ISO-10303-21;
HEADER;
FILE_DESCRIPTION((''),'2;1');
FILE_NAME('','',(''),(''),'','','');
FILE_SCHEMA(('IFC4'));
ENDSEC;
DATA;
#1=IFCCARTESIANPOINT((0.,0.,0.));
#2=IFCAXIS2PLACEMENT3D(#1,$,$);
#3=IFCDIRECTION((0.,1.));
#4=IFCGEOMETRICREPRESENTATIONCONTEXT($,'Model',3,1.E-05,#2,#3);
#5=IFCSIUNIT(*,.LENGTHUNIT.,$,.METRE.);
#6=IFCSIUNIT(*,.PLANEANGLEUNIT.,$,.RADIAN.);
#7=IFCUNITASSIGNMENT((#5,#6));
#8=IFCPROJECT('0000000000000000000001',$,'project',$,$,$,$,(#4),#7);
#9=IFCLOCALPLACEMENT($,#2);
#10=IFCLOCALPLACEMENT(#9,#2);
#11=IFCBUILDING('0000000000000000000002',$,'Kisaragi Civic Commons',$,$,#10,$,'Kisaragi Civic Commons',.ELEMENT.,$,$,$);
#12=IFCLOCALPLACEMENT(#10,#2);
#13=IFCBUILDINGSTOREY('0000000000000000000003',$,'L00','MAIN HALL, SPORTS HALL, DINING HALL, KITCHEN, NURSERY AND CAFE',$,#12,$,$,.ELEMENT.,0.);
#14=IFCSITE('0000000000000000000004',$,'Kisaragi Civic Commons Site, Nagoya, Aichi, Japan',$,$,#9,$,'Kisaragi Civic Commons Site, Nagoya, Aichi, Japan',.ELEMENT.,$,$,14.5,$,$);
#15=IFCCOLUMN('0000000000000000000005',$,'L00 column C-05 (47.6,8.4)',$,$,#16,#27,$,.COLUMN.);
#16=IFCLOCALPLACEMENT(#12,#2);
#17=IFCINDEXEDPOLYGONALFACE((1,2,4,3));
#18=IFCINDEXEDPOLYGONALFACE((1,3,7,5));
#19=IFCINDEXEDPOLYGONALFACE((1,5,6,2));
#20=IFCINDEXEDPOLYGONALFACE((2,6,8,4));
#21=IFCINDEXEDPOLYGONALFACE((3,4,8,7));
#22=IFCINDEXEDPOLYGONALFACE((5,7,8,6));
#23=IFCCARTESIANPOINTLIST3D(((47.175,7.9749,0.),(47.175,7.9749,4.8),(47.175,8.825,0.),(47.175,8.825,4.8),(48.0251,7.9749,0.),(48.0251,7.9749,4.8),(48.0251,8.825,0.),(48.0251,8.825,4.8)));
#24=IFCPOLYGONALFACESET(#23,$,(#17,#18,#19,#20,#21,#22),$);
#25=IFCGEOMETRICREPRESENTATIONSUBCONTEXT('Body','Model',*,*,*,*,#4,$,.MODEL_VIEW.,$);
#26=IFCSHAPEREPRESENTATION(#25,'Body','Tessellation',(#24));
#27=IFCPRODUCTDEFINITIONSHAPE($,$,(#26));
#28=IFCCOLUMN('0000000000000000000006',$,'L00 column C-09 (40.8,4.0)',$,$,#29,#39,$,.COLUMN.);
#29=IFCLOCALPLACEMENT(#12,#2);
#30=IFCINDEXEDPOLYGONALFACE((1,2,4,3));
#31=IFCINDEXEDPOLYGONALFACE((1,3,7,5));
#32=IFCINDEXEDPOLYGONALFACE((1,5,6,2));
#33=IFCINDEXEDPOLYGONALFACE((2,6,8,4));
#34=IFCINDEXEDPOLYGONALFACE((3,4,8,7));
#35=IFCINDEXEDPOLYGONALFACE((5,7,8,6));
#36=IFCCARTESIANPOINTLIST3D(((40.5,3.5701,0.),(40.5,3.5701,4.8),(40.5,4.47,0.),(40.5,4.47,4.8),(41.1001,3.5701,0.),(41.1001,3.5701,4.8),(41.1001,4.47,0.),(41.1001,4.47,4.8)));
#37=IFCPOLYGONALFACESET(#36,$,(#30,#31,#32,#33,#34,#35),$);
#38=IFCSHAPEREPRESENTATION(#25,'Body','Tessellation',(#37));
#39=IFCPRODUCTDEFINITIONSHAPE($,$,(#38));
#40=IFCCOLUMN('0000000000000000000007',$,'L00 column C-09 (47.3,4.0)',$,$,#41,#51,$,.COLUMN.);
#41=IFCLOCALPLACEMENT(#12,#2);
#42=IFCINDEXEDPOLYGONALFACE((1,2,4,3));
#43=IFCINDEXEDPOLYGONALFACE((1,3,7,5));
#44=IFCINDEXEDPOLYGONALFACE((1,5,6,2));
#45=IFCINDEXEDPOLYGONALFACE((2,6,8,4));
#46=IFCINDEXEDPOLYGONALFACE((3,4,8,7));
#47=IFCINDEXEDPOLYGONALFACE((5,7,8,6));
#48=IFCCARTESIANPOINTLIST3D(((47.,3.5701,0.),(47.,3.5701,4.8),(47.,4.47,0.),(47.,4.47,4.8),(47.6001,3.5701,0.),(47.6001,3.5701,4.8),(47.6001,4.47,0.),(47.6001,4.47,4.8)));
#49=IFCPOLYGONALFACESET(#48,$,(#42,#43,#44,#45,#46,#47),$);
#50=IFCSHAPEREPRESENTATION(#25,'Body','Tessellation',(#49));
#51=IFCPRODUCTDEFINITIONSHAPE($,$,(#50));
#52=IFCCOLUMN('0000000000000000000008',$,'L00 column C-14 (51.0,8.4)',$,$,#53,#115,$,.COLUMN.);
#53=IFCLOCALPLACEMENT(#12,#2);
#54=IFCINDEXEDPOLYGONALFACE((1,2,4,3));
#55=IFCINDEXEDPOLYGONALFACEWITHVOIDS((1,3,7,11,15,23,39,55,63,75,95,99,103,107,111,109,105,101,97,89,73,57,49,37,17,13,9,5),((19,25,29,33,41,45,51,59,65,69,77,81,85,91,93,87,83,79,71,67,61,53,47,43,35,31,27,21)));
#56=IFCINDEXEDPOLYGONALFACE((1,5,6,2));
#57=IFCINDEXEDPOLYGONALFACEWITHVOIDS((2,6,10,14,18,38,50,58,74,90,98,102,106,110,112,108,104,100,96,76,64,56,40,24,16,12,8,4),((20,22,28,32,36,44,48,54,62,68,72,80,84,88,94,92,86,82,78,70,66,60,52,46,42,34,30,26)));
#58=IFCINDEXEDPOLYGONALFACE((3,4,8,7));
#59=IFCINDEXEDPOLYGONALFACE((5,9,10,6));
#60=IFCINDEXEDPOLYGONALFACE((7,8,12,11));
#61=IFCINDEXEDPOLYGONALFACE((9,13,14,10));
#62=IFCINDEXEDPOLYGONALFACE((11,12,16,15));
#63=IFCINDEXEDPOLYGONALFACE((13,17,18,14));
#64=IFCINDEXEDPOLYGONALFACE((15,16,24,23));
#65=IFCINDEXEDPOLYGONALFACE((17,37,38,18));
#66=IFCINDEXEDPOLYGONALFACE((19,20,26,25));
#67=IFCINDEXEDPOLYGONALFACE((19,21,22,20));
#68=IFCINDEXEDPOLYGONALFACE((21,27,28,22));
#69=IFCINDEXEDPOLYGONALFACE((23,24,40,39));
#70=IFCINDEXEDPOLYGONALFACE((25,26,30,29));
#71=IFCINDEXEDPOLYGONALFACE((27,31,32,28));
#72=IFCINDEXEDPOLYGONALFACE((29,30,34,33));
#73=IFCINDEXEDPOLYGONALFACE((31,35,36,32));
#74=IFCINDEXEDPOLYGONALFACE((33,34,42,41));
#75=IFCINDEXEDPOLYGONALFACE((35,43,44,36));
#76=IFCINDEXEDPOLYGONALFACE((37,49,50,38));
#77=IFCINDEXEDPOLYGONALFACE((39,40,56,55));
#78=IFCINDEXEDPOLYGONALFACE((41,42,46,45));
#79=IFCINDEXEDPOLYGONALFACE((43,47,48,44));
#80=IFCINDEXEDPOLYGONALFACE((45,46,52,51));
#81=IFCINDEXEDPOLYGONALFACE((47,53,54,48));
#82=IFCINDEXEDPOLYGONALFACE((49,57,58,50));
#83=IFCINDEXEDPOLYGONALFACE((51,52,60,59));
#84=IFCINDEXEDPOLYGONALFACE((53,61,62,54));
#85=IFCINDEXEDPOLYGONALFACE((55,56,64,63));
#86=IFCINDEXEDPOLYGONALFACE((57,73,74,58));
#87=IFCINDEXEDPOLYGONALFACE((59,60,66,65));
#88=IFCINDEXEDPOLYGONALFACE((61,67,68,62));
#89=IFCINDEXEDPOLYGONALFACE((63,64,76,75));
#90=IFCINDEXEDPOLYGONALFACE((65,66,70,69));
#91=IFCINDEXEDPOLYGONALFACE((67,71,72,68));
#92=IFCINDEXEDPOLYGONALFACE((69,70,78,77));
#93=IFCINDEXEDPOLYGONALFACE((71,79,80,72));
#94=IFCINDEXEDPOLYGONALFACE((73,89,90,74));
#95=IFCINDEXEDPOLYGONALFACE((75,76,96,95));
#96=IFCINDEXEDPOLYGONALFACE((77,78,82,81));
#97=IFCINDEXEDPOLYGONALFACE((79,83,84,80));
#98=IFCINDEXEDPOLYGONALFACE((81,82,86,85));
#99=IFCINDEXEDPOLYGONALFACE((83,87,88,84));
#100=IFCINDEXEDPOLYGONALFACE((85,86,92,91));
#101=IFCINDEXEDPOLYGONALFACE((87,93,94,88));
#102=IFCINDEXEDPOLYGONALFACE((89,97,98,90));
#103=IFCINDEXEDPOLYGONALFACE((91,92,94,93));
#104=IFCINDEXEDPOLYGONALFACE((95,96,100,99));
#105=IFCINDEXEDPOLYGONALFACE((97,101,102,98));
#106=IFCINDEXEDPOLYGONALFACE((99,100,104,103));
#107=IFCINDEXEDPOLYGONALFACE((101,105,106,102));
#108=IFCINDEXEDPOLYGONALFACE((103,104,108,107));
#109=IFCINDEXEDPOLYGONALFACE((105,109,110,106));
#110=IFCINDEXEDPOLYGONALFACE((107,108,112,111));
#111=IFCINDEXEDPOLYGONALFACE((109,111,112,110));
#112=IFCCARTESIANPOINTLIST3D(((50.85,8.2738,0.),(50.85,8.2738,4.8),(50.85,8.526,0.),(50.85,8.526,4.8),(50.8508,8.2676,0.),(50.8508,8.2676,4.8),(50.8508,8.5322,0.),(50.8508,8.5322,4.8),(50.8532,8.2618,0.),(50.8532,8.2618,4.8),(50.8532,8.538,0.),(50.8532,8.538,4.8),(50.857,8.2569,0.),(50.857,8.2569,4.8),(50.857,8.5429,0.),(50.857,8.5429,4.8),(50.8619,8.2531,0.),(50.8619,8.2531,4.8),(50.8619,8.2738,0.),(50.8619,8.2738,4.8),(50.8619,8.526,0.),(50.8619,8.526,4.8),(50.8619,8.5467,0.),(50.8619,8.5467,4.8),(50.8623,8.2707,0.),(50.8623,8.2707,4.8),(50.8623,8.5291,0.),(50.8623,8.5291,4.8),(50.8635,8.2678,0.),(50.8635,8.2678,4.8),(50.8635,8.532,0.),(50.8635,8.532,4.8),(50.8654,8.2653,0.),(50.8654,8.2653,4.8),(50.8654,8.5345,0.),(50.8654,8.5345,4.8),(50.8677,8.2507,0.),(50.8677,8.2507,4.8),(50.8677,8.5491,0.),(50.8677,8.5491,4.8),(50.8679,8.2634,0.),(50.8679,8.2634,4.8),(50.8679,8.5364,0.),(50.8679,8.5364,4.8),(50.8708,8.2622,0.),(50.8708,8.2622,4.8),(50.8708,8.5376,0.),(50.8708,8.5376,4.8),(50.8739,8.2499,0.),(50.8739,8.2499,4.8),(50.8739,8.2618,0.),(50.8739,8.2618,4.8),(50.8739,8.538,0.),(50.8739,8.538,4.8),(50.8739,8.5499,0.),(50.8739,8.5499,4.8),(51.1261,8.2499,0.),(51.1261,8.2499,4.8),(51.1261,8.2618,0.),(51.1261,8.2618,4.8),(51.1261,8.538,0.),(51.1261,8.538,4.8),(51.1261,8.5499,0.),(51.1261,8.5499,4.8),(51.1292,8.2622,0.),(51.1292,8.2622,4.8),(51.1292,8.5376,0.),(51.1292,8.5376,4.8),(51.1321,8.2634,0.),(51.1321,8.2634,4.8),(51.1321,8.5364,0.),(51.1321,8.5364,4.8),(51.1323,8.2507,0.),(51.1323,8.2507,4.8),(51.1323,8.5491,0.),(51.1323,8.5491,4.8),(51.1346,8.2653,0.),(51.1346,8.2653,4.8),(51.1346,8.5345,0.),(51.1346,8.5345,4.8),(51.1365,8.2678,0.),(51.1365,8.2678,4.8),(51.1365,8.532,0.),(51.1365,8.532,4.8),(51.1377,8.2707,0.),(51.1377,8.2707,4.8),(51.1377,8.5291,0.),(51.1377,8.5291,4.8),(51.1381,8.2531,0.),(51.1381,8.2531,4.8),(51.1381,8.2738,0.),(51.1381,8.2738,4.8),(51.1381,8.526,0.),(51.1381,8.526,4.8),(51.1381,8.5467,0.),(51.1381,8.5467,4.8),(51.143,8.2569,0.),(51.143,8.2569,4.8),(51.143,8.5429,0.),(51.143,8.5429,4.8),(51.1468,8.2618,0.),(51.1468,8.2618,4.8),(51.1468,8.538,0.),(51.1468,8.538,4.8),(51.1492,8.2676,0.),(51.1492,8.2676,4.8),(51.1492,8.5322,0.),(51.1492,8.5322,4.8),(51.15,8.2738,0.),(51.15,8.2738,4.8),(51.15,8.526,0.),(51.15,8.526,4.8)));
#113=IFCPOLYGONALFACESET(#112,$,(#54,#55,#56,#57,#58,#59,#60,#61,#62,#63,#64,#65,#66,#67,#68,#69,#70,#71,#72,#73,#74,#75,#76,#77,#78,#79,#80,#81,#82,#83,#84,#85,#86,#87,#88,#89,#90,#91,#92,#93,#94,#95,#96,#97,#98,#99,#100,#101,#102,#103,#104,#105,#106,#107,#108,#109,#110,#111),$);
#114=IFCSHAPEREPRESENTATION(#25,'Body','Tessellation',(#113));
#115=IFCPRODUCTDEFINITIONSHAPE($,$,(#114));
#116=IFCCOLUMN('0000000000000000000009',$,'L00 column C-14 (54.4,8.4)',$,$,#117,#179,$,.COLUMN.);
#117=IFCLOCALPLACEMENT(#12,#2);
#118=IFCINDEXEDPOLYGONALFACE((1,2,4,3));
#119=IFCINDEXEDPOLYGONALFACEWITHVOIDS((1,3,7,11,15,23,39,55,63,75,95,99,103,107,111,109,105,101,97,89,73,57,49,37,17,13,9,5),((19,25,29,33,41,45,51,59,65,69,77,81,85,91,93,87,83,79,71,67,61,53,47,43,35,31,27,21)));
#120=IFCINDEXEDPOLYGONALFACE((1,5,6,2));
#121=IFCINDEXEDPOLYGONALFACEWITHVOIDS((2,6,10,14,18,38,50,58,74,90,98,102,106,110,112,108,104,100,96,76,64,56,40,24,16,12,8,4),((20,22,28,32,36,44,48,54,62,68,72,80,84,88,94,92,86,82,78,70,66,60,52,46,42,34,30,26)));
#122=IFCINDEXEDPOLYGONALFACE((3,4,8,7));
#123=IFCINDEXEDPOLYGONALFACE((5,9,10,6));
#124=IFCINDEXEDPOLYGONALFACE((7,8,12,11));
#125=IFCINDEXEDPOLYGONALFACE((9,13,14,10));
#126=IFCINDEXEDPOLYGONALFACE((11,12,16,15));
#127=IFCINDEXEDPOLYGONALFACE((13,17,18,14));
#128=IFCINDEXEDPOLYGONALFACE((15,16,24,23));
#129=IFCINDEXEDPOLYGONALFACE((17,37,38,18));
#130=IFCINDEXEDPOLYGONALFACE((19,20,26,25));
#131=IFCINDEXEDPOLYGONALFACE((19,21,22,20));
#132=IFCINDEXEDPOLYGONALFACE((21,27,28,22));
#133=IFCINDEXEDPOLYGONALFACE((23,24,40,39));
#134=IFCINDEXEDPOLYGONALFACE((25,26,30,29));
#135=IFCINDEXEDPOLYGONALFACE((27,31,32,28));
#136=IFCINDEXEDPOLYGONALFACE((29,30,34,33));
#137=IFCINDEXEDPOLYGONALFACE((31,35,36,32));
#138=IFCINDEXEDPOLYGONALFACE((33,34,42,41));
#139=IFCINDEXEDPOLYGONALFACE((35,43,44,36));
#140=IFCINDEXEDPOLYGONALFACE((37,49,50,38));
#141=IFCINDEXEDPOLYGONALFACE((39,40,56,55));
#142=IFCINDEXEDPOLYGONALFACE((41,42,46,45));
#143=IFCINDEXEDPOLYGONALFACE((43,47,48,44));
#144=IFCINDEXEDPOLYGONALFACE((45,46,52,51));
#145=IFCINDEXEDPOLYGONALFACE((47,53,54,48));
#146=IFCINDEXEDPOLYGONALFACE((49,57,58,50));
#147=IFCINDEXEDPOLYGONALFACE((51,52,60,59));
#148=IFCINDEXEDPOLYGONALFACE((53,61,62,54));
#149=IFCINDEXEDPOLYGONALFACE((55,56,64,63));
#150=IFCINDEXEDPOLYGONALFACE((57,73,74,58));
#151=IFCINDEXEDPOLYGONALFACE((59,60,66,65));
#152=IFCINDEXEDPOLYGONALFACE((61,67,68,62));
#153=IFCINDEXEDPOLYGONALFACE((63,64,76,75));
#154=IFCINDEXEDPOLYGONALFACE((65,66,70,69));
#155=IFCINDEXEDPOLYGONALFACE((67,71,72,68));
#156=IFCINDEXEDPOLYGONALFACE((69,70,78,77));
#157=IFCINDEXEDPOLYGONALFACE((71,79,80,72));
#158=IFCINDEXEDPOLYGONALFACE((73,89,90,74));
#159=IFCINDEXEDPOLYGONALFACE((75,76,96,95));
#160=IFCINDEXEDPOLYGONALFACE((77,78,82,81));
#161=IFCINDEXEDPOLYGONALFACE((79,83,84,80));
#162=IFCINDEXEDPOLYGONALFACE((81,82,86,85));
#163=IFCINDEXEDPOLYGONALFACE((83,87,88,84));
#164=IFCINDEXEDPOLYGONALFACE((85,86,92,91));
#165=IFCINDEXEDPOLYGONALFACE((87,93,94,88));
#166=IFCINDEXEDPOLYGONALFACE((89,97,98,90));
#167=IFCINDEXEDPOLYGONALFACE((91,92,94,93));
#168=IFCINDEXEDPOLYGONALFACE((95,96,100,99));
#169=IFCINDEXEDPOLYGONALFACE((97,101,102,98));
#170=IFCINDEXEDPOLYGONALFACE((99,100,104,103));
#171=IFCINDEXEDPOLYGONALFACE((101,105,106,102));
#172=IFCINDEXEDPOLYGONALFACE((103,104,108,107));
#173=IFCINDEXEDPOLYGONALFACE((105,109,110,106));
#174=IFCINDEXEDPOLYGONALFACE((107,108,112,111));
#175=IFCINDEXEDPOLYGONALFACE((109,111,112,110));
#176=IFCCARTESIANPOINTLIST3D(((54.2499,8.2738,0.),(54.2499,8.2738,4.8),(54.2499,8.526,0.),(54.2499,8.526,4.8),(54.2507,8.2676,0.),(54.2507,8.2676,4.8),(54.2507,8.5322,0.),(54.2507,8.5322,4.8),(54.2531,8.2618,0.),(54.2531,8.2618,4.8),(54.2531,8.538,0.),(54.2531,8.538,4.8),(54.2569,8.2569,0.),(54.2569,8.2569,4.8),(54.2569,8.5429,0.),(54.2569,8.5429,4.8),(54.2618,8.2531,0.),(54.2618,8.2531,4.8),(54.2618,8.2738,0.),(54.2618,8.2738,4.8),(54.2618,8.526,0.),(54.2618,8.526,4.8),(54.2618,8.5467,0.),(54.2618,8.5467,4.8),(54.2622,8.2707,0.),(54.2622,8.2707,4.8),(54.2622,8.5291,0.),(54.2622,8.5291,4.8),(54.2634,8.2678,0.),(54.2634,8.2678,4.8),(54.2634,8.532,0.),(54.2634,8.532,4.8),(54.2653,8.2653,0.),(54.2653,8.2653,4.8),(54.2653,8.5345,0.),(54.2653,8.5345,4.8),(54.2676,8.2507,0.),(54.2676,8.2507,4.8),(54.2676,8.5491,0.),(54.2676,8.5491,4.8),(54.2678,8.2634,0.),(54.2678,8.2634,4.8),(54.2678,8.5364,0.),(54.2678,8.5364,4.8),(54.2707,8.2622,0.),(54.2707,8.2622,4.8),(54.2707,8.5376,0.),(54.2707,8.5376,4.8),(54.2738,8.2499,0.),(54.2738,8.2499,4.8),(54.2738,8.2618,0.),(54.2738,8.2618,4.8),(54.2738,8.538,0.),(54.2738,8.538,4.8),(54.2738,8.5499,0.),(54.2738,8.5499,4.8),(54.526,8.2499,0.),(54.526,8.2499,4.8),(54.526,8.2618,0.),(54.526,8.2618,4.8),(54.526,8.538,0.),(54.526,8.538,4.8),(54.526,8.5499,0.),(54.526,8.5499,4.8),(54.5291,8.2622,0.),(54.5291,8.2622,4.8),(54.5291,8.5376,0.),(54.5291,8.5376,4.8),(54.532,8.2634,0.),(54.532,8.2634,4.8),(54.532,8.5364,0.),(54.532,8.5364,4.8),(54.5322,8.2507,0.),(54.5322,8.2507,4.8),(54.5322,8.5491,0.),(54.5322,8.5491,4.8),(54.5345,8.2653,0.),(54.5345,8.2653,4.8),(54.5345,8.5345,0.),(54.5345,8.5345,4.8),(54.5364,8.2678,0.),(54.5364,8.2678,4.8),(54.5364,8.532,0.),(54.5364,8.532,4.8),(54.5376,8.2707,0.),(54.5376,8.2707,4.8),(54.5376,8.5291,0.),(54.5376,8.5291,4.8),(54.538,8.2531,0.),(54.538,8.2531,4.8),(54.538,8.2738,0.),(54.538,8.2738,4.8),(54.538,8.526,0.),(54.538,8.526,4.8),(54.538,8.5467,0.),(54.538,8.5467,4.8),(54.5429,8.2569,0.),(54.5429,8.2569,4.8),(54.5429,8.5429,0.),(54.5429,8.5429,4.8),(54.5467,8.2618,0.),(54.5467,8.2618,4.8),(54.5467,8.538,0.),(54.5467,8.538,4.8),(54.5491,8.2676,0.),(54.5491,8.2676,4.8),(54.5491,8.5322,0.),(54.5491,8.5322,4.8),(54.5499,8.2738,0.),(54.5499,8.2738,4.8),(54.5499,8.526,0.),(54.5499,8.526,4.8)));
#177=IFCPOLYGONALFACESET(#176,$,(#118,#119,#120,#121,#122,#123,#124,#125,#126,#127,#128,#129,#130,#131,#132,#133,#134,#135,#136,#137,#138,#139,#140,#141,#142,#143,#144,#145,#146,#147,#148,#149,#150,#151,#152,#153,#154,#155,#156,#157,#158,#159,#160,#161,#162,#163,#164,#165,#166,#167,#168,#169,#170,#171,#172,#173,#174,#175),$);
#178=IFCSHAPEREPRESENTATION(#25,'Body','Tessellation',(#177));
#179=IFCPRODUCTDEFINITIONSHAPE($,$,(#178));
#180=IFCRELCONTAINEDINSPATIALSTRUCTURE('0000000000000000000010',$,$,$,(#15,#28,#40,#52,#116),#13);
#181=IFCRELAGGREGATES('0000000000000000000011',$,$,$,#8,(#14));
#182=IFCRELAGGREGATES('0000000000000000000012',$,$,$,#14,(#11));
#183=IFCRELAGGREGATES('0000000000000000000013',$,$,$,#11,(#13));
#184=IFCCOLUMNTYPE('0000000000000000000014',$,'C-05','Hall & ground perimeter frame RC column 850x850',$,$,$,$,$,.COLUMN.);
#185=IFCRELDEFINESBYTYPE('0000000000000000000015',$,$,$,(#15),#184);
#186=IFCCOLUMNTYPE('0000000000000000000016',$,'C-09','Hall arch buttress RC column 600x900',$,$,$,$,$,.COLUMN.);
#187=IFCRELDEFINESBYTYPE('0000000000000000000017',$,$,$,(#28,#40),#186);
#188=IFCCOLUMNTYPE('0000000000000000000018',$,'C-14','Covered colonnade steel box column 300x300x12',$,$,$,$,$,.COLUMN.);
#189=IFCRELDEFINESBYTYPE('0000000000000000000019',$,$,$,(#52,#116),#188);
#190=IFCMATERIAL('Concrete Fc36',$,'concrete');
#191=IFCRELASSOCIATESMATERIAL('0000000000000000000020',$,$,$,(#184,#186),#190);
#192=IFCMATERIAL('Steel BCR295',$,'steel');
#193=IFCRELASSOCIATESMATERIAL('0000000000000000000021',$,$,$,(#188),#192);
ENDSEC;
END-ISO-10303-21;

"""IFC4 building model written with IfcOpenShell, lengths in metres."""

from ifc_helpers import new_model, si_unit, direction, frame, origin, origin_2d, place, context, subcontext, project, spatial, rectangle, hollow_rectangle, extrude, material, material_profile, profile_set, type_object, element, save


model = new_model("IFC4")

# Units and contexts
model_context = context("Model", 3, precision=1e-05, world=origin(), true_north=direction((0.0, 1.0)))
body_context = subcontext(model_context, "Body", "Model", "MODEL_VIEW")
ifc_project = project(units=[si_unit("LENGTHUNIT", "METRE"), si_unit("PLANEANGLEUNIT", "RADIAN")], contexts=[model_context])

# Site, building, storey
site_placement = place(None, origin())
site = spatial("IfcSite", under=ifc_project, at=site_placement, Name="Kisaragi Civic Commons Site, Nagoya, Aichi, Japan", LongName="Kisaragi Civic Commons Site, Nagoya, Aichi, Japan", CompositionType="ELEMENT", RefElevation=14.5)
building_placement = place(site_placement, origin())
building = spatial("IfcBuilding", under=site, at=building_placement, Name="Kisaragi Civic Commons", LongName="Kisaragi Civic Commons", CompositionType="ELEMENT")
storey_placement = place(building_placement, origin())
storey = spatial("IfcBuildingStorey", under=building, at=storey_placement, Name="L00", Description="MAIN HALL, SPORTS HALL, DINING HALL, KITCHEN, NURSERY AND CAFE", CompositionType="ELEMENT", Elevation=0.0)

# Columns
ifc_material_1 = material(Name="Concrete Fc36", Category="concrete")
ifc_material_profile_1 = material_profile(ifc_material_1, rectangle(XDim=0.8501, YDim=0.8501, at=origin_2d()), Name="RC-850x850", Category="concrete")
ifc_profile_set_1 = profile_set([ifc_material_profile_1], Name="Concrete Fc36")
column_type_1 = type_object("IfcColumnType", Name="C-05", Description="Hall & ground perimeter frame RC column 850x850", PredefinedType="COLUMN", material=ifc_profile_set_1)
column_placement = place(storey_placement, frame((47.6001, 8.3999, 0.0), z_axis=(0.0, 0.0, 1.0), x_axis=(1.0, 0.0, 0.0)))
element("IfcColumn", 1, at=column_placement, inside=storey, type_object=column_type_1, Name="L00 column C-05 (47.6,8.4)", PredefinedType="COLUMN", context=body_context, shape_type="SweptSolid", body=[
    extrude(rectangle(XDim=0.8501, YDim=0.8501, at=origin_2d()), origin(), (0.0, 0.0, 1.0), 4.8),
])
ifc_material_profile_2 = material_profile(ifc_material_1, rectangle(XDim=0.6001, YDim=0.8999, at=origin_2d()), Name="RC-600x900", Category="concrete")
ifc_profile_set_2 = profile_set([ifc_material_profile_2], Name="Concrete Fc36")
column_type_2 = type_object("IfcColumnType", Name="C-09", Description="Hall arch buttress RC column 600x900", PredefinedType="COLUMN", material=ifc_profile_set_2)
for number, where, z_axis, x_axis, name in (
    (2, (40.8, 4.02, 0.0), (0.0, 0.0, 1.0), (1.0, 0.0, 0.0), "L00 column C-09 (40.8,4.0)"),
    (3, (47.3, 4.02, 0.0), (0.0, 0.0, 1.0), (1.0, 0.0, 0.0), "L00 column C-09 (47.3,4.0)"),
):
    element("IfcColumn", number, at=place(storey_placement, frame(where, z_axis=z_axis, x_axis=x_axis)), inside=storey, type_object=column_type_2, Name=name, PredefinedType="COLUMN", context=body_context, shape_type="SweptSolid", body=[
        extrude(rectangle(XDim=0.6001, YDim=0.8999, at=origin_2d()), origin(), (0.0, 0.0, 1.0), 4.8),
    ])
ifc_material_2 = material(Name="Steel BCR295", Category="steel")
ifc_material_profile_3 = material_profile(ifc_material_2, hollow_rectangle(XDim=0.3, YDim=0.3, WallThickness=0.012, InnerFilletRadius=0.012, OuterFilletRadius=0.0239, at=origin_2d()), Name="BCR-300x300x12", Category="steel")
ifc_profile_set_3 = profile_set([ifc_material_profile_3], Name="Steel BCR295")
column_type_3 = type_object("IfcColumnType", Name="C-14", Description="Covered colonnade steel box column 300x300x12", PredefinedType="COLUMN", material=ifc_profile_set_3)
for number, where, z_axis, x_axis, name in (
    (4, (51.0, 8.3999, 0.0), (0.0, 0.0, 1.0), (1.0, 0.0, 0.0), "L00 column C-14 (51.0,8.4)"),
    (5, (54.3999, 8.3999, 0.0), (0.0, 0.0, 1.0), (1.0, 0.0, 0.0), "L00 column C-14 (54.4,8.4)"),
):
    element("IfcColumn", number, at=place(storey_placement, frame(where, z_axis=z_axis, x_axis=x_axis)), inside=storey, type_object=column_type_3, Name=name, PredefinedType="COLUMN", context=body_context, shape_type="SweptSolid", body=[
        extrude(hollow_rectangle(XDim=0.3, YDim=0.3, WallThickness=0.012, InnerFilletRadius=0.012, OuterFilletRadius=0.0239, at=origin_2d()), origin(), (0.0, 0.0, 1.0), 4.8),
    ])

save(model, "model.ifc")
